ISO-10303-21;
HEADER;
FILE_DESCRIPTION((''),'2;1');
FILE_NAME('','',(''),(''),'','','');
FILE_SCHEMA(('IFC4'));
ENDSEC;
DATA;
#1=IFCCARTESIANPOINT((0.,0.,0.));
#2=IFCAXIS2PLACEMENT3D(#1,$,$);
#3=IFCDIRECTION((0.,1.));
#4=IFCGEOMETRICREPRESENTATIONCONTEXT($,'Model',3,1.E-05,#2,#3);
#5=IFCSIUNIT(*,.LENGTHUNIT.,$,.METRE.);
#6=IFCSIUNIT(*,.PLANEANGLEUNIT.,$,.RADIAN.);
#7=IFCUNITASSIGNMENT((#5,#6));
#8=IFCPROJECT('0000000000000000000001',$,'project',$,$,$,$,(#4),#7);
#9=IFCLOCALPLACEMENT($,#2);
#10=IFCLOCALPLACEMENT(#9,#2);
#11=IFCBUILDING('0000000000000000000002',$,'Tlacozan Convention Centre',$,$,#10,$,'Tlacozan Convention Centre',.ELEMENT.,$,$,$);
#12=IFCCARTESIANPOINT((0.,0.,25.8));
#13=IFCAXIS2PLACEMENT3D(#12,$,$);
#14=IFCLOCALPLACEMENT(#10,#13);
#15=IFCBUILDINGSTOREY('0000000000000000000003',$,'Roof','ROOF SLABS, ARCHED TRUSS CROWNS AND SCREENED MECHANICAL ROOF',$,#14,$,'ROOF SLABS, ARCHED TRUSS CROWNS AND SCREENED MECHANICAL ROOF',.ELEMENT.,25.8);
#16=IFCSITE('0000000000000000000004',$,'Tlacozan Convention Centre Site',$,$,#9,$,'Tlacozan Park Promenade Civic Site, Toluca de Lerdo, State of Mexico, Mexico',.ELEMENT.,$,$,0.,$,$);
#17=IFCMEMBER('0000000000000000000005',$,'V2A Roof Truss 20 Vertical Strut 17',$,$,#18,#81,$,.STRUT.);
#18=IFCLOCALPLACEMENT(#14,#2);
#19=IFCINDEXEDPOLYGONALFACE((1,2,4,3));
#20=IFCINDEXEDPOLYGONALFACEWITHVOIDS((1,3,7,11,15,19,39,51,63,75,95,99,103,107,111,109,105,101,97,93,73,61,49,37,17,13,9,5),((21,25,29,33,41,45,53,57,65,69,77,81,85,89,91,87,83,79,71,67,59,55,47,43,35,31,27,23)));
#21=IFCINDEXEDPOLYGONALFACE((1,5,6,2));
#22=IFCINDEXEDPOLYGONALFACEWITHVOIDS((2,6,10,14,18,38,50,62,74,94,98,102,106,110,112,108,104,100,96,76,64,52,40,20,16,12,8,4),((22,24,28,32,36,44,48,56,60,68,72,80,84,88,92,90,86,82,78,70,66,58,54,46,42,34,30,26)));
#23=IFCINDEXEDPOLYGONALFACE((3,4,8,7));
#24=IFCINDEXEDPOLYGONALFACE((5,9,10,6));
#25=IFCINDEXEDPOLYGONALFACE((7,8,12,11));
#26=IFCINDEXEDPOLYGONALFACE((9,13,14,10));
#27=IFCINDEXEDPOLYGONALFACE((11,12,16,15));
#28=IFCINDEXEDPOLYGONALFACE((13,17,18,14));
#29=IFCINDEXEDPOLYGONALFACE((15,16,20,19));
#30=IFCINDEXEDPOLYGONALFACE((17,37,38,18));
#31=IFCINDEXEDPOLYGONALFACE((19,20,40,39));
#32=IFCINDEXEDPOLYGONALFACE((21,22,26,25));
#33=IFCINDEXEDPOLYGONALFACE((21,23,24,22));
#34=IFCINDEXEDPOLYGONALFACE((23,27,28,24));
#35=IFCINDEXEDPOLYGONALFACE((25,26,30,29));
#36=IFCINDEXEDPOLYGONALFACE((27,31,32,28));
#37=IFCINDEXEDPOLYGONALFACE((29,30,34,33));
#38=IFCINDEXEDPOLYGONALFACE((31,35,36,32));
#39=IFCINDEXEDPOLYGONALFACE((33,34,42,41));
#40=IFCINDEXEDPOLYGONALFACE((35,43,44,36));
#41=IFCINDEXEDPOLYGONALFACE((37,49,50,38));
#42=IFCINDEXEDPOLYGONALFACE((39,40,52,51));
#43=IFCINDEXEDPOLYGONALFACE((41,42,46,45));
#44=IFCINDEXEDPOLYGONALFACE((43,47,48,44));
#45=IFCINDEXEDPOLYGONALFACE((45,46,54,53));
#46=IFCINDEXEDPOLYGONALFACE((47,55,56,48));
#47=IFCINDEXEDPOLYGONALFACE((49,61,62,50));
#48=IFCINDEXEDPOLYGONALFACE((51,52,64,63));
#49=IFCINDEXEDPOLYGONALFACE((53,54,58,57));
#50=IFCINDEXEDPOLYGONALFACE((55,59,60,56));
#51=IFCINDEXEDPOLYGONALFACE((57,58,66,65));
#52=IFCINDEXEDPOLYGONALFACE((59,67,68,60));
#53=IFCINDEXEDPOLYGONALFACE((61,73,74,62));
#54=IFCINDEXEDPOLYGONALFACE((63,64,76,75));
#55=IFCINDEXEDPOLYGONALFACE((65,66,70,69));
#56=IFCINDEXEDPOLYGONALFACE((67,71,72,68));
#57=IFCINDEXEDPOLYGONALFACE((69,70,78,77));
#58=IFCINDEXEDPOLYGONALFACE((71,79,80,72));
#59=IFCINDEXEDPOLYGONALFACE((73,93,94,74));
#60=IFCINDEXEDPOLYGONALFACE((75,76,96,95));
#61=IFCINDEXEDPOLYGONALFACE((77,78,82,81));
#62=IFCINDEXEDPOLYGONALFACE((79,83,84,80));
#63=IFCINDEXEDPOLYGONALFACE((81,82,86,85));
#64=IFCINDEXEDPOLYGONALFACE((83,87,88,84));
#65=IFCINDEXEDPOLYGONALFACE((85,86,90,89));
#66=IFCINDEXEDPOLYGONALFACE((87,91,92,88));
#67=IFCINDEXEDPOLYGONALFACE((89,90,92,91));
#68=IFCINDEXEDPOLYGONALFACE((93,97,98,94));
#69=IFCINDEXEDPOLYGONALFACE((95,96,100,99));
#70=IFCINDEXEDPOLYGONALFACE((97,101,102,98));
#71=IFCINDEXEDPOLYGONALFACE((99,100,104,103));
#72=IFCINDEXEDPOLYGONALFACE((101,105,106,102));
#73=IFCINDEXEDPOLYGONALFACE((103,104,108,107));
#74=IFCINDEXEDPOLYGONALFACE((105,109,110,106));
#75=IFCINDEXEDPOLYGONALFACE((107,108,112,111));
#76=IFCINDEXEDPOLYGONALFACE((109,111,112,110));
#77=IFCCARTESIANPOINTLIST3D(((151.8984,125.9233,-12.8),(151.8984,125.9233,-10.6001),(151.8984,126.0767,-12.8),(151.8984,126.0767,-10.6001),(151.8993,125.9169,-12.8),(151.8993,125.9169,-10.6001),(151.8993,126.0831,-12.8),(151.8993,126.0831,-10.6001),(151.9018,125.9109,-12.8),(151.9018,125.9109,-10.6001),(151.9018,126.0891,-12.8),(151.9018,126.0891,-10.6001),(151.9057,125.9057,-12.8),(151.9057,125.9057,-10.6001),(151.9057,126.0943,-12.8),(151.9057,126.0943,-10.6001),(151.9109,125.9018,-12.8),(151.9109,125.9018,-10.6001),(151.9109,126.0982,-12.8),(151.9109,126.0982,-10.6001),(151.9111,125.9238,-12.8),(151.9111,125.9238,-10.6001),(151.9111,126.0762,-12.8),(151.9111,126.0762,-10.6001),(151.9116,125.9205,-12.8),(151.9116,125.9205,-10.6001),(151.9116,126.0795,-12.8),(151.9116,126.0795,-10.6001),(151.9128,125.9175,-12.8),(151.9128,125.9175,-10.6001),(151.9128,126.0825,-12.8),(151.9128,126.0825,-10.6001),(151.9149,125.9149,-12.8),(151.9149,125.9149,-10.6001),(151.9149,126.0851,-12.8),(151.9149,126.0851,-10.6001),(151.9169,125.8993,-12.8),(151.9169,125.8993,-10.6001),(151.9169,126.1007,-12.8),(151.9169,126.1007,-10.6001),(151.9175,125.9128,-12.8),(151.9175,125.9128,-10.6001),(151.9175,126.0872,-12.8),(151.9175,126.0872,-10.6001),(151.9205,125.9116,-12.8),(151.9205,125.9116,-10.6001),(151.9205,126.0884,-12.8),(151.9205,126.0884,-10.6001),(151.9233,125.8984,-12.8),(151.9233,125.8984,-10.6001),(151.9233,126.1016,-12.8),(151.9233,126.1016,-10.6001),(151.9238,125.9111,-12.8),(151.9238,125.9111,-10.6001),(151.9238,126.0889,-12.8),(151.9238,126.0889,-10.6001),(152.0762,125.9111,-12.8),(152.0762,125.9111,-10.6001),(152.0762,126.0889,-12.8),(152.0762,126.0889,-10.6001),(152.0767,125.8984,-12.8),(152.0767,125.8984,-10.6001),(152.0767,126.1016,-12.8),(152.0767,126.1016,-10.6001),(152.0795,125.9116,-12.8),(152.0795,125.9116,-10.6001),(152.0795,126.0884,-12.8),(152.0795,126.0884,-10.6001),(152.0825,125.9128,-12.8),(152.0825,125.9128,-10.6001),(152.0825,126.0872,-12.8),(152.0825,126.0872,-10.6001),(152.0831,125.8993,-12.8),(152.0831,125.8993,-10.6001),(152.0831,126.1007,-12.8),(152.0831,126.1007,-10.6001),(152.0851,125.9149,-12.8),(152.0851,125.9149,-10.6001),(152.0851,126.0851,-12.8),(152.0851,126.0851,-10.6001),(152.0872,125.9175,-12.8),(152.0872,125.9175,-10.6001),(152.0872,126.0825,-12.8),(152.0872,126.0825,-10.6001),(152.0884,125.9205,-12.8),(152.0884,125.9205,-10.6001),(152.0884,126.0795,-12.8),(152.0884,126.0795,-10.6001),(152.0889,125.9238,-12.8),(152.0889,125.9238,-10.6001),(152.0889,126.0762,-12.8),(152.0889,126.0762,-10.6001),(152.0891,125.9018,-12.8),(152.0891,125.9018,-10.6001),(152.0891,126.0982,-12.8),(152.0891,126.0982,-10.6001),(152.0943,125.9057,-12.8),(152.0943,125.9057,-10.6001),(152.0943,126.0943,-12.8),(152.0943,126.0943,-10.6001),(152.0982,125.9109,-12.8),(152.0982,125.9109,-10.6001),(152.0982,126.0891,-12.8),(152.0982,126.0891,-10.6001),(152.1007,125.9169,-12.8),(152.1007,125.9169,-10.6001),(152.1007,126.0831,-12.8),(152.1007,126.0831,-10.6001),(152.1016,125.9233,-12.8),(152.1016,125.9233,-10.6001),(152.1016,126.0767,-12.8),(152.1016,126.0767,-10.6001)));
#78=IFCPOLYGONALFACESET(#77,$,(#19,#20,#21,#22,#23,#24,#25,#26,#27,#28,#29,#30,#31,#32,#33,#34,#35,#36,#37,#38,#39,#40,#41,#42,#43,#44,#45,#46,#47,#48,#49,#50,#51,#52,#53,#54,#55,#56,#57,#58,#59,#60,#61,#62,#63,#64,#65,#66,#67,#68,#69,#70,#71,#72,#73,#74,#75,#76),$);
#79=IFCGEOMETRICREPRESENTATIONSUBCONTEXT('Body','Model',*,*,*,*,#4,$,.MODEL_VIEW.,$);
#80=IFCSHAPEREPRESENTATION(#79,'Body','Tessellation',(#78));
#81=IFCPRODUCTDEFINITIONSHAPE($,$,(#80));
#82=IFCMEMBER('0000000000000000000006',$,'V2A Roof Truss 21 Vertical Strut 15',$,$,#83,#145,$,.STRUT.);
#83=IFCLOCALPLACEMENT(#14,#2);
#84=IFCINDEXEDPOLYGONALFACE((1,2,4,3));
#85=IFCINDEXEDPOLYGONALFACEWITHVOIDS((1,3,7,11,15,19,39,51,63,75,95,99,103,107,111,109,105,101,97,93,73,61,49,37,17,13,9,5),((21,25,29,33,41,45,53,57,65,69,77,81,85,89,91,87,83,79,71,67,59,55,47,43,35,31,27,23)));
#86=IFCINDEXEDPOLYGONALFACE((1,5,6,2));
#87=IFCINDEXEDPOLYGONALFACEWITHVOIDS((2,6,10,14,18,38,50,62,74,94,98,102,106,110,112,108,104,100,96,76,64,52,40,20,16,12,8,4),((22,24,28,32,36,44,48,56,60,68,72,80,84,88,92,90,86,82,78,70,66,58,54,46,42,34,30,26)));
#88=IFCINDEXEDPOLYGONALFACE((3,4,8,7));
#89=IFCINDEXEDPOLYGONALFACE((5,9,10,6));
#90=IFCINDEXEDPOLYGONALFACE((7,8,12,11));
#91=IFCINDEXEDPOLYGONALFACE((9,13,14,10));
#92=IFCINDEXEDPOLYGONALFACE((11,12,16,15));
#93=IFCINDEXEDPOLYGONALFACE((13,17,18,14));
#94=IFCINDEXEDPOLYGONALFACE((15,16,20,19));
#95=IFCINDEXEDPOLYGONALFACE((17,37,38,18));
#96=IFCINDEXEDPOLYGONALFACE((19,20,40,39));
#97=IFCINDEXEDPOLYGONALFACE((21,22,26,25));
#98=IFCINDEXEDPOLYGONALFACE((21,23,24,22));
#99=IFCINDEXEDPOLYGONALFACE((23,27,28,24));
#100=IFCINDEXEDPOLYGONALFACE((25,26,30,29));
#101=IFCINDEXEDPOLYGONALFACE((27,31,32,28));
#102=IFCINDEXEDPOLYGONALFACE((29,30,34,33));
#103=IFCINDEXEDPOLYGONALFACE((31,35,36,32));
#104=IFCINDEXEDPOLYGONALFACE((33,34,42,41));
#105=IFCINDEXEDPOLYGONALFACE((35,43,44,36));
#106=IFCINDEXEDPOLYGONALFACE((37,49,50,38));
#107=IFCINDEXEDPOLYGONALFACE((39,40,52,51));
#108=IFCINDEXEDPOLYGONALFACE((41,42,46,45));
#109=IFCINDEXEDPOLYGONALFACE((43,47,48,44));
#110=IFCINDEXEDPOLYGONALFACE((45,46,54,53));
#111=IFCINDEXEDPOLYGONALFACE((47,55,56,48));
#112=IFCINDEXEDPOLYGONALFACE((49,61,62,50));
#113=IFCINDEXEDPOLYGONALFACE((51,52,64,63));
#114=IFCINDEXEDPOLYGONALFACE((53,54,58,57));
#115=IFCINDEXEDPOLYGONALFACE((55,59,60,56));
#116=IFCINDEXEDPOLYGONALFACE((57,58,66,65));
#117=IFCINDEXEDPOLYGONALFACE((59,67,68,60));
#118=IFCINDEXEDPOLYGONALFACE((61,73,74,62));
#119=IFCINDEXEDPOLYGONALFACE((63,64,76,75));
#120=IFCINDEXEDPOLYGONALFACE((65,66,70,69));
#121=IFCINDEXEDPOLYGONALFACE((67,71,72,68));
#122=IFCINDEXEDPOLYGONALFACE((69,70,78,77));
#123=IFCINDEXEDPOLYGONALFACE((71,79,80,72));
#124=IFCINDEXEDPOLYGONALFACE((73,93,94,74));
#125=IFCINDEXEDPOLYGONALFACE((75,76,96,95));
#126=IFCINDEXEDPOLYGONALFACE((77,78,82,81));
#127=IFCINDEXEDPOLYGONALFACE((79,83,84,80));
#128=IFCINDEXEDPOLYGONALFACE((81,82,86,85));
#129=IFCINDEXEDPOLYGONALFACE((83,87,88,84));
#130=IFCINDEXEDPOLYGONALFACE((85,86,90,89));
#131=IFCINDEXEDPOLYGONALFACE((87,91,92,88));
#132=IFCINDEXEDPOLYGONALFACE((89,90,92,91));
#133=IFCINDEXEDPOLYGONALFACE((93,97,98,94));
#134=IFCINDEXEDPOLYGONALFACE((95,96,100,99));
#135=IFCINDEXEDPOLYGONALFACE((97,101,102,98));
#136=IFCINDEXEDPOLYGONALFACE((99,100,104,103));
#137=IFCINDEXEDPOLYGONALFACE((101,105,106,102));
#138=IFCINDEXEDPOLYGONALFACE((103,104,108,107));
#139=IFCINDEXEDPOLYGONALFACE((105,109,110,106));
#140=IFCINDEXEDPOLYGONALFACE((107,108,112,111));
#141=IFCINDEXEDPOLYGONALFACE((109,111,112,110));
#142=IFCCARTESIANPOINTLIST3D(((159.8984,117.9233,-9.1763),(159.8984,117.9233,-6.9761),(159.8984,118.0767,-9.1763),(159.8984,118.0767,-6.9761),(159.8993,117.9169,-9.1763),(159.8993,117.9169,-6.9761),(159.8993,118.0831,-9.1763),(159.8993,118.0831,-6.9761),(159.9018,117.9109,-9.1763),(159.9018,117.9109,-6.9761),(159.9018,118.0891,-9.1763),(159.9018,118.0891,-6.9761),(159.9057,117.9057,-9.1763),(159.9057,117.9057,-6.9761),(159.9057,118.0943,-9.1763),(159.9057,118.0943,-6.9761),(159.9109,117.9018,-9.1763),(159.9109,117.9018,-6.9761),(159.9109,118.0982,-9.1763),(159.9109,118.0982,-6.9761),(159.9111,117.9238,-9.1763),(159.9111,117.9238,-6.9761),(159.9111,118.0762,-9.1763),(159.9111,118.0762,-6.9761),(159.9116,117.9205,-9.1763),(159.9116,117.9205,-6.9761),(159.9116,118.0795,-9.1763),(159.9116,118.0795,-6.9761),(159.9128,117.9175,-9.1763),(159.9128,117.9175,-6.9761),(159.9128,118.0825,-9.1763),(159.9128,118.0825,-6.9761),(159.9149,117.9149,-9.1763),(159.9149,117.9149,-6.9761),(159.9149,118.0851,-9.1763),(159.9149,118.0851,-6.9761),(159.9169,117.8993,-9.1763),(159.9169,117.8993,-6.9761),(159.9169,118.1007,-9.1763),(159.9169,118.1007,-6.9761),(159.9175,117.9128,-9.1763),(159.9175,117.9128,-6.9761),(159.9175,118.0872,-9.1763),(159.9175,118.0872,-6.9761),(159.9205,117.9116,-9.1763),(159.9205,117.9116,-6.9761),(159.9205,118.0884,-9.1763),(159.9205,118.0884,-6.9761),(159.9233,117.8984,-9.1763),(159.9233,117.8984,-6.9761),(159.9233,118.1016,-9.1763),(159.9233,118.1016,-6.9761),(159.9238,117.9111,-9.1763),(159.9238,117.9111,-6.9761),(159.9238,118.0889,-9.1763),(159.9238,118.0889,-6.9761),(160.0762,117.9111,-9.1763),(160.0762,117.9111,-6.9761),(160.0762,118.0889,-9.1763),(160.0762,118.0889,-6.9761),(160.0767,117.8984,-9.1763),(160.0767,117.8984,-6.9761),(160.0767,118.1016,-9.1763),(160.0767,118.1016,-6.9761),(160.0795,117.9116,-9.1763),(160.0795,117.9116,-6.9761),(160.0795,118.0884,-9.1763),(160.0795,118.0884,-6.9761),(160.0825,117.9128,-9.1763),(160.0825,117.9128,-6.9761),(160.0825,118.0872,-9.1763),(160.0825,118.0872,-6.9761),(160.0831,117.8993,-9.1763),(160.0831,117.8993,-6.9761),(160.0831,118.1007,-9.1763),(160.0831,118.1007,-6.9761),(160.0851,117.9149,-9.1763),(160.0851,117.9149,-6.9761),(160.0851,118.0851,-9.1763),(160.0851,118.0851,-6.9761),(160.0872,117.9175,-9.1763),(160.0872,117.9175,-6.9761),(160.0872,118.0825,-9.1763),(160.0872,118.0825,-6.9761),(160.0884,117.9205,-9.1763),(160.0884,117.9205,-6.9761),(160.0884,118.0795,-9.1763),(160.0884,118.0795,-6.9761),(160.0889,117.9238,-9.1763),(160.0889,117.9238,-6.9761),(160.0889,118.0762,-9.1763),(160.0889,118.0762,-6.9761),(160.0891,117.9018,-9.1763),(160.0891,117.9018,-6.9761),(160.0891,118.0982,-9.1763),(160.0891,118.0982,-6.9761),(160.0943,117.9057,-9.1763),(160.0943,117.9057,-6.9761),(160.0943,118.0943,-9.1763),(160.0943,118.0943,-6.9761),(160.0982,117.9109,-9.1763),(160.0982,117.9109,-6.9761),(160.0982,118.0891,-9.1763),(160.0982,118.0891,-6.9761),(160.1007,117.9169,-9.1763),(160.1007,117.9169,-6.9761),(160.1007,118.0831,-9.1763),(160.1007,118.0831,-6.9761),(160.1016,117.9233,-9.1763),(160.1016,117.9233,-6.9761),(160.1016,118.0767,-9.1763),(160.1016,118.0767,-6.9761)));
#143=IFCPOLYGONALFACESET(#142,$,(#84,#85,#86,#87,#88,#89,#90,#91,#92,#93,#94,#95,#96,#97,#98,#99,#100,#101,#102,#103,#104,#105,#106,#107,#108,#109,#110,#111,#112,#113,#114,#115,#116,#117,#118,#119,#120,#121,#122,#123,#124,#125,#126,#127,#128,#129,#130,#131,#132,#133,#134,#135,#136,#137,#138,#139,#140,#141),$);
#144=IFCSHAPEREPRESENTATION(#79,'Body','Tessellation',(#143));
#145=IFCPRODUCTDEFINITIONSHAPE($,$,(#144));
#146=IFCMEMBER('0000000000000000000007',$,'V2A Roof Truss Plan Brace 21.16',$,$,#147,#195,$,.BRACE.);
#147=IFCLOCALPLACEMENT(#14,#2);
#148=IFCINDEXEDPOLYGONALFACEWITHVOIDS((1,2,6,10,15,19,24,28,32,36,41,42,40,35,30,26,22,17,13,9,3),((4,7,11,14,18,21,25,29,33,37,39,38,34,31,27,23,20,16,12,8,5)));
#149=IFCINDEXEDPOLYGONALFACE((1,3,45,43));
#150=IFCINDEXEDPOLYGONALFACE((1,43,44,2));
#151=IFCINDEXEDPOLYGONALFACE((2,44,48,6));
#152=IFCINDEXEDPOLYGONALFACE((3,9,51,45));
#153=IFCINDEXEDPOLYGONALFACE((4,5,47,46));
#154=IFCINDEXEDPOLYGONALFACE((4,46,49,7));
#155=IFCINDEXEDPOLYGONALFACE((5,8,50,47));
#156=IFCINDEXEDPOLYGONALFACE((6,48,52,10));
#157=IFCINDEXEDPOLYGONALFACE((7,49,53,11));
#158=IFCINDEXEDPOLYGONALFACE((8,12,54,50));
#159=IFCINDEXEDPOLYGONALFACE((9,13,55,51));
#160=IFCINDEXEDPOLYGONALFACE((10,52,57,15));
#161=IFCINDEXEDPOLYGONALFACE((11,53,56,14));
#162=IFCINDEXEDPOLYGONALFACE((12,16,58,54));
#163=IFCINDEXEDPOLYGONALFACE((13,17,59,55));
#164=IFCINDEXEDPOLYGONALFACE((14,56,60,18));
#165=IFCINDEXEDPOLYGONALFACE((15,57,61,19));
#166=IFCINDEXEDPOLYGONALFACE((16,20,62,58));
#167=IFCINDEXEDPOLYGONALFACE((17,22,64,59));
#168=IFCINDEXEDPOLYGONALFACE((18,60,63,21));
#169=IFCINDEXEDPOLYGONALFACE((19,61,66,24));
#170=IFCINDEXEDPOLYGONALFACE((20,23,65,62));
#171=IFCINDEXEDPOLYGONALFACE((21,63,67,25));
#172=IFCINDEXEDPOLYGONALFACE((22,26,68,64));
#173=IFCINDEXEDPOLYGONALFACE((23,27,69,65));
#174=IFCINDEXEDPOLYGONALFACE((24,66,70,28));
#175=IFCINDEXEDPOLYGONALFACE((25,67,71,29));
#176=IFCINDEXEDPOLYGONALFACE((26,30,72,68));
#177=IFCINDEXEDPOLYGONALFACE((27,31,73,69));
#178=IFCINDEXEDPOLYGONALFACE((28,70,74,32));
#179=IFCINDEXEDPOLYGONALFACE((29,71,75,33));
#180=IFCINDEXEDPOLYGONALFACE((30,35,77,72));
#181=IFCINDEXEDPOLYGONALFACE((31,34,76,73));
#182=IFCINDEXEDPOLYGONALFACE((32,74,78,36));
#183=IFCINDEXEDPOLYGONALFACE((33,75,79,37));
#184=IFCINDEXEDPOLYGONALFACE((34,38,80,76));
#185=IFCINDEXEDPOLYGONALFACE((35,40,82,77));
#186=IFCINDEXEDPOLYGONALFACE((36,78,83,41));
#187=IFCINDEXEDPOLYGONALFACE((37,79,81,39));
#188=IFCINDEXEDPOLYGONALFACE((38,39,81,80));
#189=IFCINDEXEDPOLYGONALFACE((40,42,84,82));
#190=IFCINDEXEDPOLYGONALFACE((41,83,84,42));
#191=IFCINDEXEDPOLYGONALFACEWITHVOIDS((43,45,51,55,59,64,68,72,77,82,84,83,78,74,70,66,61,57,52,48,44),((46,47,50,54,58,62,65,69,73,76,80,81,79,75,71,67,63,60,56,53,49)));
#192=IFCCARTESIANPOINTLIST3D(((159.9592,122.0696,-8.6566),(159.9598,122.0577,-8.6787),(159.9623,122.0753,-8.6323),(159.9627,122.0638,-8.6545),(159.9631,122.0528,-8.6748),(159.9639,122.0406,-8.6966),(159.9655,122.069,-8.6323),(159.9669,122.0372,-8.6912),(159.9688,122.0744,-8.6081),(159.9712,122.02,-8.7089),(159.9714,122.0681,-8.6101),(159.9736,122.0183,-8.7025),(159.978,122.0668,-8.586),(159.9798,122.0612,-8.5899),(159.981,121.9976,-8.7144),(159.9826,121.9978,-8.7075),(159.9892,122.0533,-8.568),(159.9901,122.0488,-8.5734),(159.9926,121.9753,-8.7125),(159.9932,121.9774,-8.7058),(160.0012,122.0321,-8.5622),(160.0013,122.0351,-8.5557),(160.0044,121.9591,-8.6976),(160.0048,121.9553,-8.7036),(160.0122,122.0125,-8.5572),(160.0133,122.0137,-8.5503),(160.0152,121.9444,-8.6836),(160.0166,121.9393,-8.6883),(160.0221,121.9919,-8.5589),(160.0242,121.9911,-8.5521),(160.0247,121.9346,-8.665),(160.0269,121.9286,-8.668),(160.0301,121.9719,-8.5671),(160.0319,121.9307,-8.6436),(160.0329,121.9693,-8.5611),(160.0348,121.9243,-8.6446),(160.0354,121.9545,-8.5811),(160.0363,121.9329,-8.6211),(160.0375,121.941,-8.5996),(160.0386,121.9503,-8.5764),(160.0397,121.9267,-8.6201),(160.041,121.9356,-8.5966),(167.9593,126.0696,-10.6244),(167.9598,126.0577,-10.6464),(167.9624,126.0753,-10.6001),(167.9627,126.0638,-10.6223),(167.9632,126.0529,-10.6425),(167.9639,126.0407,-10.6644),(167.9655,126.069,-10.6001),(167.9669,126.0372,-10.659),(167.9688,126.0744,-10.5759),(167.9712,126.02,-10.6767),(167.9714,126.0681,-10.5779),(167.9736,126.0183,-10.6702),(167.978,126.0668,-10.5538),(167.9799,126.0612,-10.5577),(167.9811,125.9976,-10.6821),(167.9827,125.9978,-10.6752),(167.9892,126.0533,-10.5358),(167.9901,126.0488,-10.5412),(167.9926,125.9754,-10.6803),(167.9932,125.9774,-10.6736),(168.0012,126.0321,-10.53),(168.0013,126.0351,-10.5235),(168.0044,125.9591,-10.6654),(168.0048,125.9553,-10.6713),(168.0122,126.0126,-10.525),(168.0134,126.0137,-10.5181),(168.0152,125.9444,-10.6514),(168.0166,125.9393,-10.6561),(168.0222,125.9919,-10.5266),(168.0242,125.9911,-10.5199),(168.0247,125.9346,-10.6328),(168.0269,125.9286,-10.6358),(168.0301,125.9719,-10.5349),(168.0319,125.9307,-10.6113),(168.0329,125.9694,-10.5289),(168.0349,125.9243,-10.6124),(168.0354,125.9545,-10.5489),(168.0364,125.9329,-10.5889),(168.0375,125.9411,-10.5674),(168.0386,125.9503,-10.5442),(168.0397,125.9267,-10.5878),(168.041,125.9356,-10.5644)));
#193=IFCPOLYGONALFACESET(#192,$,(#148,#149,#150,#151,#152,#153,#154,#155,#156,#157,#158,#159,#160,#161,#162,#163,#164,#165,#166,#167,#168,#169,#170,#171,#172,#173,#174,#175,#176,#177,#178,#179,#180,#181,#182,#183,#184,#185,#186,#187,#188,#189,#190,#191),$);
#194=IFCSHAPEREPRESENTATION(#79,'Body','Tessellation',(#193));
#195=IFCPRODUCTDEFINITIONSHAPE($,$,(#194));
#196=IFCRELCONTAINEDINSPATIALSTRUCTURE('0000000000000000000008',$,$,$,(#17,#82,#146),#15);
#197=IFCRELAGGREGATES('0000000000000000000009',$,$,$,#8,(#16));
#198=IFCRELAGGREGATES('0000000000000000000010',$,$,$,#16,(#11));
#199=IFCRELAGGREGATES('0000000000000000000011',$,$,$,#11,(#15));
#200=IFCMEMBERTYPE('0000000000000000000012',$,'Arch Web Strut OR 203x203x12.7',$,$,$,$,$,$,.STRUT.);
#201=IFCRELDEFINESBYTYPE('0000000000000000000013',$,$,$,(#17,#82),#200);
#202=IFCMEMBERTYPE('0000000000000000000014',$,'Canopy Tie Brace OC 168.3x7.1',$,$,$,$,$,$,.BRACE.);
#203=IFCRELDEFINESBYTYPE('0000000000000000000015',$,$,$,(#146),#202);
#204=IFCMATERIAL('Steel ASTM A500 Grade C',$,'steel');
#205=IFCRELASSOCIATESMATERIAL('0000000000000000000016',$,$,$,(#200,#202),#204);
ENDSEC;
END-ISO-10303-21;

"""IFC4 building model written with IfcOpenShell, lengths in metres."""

from ifc_helpers import new_model, si_unit, direction, frame, origin, origin_2d, place, context, subcontext, project, spatial, hollow_rectangle, hollow_circle, extrude, material, material_profile, profile_set, type_object, element, save


model = new_model("IFC4")

# Units and contexts
model_context = context("Model", 3, precision=1e-05, world=origin(), true_north=direction((0.0, 1.0)))
body_context = subcontext(model_context, "Body", "Model", "MODEL_VIEW")
ifc_project = project(units=[si_unit("LENGTHUNIT", "METRE"), si_unit("PLANEANGLEUNIT", "RADIAN")], contexts=[model_context])

# Site, building, storey
site_placement = place(None, origin())
site = spatial("IfcSite", under=ifc_project, at=site_placement, Name="Tlacozan Convention Centre Site", LongName="Tlacozan Park Promenade Civic Site, Toluca de Lerdo, State of Mexico, Mexico", CompositionType="ELEMENT", RefElevation=0.0)
building_placement = place(site_placement, origin())
building = spatial("IfcBuilding", under=site, at=building_placement, Name="Tlacozan Convention Centre", LongName="Tlacozan Convention Centre", CompositionType="ELEMENT")
storey_placement = place(building_placement, frame((0.0, 0.0, 25.8)))
storey = spatial("IfcBuildingStorey", under=building, at=storey_placement, Name="Roof", Description="ROOF SLABS, ARCHED TRUSS CROWNS AND SCREENED MECHANICAL ROOF", LongName="ROOF SLABS, ARCHED TRUSS CROWNS AND SCREENED MECHANICAL ROOF", CompositionType="ELEMENT", Elevation=25.8)

# Members
ifc_material_1 = material(Name="Steel ASTM A500 Grade C", Category="steel")
ifc_material_profile_1 = material_profile(ifc_material_1, hollow_rectangle(XDim=0.2031, YDim=0.2031, WallThickness=0.0127, InnerFilletRadius=0.0127, OuterFilletRadius=0.0249, at=origin_2d()), Name="OR 203x203x12.7")
ifc_profile_set_1 = profile_set([ifc_material_profile_1], Name="Steel ASTM A500 Grade C")
member_type_1 = type_object("IfcMemberType", Name="Arch Web Strut OR 203x203x12.7", PredefinedType="STRUT", material=ifc_profile_set_1)
member_1_placement = place(storey_placement, frame((152.0, 126.0, -12.8), z_axis=(0.0, 0.0, 1.0), x_axis=(1.0, 0.0, 0.0)))
element("IfcMember", 1, at=member_1_placement, inside=storey, type_object=member_type_1, Name="V2A Roof Truss 20 Vertical Strut 17", PredefinedType="STRUT", context=body_context, shape_type="SweptSolid", body=[
    extrude(hollow_rectangle(XDim=0.2031, YDim=0.2031, WallThickness=0.0127, InnerFilletRadius=0.0127, OuterFilletRadius=0.0249, at=origin_2d()), origin(), (0.0, 0.0, 1.0), 2.2),
])
member_2_placement = place(storey_placement, frame((160.0, 118.0, -9.1763), z_axis=(0.0, 0.0, 1.0), x_axis=(1.0, 0.0, 0.0)))
element("IfcMember", 2, at=member_2_placement, inside=storey, type_object=member_type_1, Name="V2A Roof Truss 21 Vertical Strut 15", PredefinedType="STRUT", context=body_context, shape_type="SweptSolid", body=[
    extrude(hollow_rectangle(XDim=0.2031, YDim=0.2031, WallThickness=0.0127, InnerFilletRadius=0.0127, OuterFilletRadius=0.0249, at=origin_2d()), origin(), (0.0, 0.0, 1.0), 2.2002),
])
ifc_material_profile_2 = material_profile(ifc_material_1, hollow_circle(Radius=0.0842, WallThickness=0.0071, at=origin_2d()), Name="OC 168.3x7.1")
ifc_profile_set_2 = profile_set([ifc_material_profile_2], Name="Steel ASTM A500 Grade C")
member_type_2 = type_object("IfcMemberType", Name="Canopy Tie Brace OC 168.3x7.1", PredefinedType="BRACE", material=ifc_profile_set_2)
member_3_placement = place(storey_placement, frame((160.0, 122.0, -8.6323), z_axis=(0.873537, 0.436768, -0.214865), x_axis=(-0.447214, 0.894427, 0.0)))
element("IfcMember", 3, at=member_3_placement, inside=storey, type_object=member_type_2, Name="V2A Roof Truss Plan Brace 21.16", PredefinedType="BRACE", context=body_context, shape_type="SweptSolid", body=[
    extrude(hollow_circle(Radius=0.0842, WallThickness=0.0071, at=origin_2d()), origin(), (0.0, 0.0, 1.0), 9.1582),
])

save(model, "model.ifc")
